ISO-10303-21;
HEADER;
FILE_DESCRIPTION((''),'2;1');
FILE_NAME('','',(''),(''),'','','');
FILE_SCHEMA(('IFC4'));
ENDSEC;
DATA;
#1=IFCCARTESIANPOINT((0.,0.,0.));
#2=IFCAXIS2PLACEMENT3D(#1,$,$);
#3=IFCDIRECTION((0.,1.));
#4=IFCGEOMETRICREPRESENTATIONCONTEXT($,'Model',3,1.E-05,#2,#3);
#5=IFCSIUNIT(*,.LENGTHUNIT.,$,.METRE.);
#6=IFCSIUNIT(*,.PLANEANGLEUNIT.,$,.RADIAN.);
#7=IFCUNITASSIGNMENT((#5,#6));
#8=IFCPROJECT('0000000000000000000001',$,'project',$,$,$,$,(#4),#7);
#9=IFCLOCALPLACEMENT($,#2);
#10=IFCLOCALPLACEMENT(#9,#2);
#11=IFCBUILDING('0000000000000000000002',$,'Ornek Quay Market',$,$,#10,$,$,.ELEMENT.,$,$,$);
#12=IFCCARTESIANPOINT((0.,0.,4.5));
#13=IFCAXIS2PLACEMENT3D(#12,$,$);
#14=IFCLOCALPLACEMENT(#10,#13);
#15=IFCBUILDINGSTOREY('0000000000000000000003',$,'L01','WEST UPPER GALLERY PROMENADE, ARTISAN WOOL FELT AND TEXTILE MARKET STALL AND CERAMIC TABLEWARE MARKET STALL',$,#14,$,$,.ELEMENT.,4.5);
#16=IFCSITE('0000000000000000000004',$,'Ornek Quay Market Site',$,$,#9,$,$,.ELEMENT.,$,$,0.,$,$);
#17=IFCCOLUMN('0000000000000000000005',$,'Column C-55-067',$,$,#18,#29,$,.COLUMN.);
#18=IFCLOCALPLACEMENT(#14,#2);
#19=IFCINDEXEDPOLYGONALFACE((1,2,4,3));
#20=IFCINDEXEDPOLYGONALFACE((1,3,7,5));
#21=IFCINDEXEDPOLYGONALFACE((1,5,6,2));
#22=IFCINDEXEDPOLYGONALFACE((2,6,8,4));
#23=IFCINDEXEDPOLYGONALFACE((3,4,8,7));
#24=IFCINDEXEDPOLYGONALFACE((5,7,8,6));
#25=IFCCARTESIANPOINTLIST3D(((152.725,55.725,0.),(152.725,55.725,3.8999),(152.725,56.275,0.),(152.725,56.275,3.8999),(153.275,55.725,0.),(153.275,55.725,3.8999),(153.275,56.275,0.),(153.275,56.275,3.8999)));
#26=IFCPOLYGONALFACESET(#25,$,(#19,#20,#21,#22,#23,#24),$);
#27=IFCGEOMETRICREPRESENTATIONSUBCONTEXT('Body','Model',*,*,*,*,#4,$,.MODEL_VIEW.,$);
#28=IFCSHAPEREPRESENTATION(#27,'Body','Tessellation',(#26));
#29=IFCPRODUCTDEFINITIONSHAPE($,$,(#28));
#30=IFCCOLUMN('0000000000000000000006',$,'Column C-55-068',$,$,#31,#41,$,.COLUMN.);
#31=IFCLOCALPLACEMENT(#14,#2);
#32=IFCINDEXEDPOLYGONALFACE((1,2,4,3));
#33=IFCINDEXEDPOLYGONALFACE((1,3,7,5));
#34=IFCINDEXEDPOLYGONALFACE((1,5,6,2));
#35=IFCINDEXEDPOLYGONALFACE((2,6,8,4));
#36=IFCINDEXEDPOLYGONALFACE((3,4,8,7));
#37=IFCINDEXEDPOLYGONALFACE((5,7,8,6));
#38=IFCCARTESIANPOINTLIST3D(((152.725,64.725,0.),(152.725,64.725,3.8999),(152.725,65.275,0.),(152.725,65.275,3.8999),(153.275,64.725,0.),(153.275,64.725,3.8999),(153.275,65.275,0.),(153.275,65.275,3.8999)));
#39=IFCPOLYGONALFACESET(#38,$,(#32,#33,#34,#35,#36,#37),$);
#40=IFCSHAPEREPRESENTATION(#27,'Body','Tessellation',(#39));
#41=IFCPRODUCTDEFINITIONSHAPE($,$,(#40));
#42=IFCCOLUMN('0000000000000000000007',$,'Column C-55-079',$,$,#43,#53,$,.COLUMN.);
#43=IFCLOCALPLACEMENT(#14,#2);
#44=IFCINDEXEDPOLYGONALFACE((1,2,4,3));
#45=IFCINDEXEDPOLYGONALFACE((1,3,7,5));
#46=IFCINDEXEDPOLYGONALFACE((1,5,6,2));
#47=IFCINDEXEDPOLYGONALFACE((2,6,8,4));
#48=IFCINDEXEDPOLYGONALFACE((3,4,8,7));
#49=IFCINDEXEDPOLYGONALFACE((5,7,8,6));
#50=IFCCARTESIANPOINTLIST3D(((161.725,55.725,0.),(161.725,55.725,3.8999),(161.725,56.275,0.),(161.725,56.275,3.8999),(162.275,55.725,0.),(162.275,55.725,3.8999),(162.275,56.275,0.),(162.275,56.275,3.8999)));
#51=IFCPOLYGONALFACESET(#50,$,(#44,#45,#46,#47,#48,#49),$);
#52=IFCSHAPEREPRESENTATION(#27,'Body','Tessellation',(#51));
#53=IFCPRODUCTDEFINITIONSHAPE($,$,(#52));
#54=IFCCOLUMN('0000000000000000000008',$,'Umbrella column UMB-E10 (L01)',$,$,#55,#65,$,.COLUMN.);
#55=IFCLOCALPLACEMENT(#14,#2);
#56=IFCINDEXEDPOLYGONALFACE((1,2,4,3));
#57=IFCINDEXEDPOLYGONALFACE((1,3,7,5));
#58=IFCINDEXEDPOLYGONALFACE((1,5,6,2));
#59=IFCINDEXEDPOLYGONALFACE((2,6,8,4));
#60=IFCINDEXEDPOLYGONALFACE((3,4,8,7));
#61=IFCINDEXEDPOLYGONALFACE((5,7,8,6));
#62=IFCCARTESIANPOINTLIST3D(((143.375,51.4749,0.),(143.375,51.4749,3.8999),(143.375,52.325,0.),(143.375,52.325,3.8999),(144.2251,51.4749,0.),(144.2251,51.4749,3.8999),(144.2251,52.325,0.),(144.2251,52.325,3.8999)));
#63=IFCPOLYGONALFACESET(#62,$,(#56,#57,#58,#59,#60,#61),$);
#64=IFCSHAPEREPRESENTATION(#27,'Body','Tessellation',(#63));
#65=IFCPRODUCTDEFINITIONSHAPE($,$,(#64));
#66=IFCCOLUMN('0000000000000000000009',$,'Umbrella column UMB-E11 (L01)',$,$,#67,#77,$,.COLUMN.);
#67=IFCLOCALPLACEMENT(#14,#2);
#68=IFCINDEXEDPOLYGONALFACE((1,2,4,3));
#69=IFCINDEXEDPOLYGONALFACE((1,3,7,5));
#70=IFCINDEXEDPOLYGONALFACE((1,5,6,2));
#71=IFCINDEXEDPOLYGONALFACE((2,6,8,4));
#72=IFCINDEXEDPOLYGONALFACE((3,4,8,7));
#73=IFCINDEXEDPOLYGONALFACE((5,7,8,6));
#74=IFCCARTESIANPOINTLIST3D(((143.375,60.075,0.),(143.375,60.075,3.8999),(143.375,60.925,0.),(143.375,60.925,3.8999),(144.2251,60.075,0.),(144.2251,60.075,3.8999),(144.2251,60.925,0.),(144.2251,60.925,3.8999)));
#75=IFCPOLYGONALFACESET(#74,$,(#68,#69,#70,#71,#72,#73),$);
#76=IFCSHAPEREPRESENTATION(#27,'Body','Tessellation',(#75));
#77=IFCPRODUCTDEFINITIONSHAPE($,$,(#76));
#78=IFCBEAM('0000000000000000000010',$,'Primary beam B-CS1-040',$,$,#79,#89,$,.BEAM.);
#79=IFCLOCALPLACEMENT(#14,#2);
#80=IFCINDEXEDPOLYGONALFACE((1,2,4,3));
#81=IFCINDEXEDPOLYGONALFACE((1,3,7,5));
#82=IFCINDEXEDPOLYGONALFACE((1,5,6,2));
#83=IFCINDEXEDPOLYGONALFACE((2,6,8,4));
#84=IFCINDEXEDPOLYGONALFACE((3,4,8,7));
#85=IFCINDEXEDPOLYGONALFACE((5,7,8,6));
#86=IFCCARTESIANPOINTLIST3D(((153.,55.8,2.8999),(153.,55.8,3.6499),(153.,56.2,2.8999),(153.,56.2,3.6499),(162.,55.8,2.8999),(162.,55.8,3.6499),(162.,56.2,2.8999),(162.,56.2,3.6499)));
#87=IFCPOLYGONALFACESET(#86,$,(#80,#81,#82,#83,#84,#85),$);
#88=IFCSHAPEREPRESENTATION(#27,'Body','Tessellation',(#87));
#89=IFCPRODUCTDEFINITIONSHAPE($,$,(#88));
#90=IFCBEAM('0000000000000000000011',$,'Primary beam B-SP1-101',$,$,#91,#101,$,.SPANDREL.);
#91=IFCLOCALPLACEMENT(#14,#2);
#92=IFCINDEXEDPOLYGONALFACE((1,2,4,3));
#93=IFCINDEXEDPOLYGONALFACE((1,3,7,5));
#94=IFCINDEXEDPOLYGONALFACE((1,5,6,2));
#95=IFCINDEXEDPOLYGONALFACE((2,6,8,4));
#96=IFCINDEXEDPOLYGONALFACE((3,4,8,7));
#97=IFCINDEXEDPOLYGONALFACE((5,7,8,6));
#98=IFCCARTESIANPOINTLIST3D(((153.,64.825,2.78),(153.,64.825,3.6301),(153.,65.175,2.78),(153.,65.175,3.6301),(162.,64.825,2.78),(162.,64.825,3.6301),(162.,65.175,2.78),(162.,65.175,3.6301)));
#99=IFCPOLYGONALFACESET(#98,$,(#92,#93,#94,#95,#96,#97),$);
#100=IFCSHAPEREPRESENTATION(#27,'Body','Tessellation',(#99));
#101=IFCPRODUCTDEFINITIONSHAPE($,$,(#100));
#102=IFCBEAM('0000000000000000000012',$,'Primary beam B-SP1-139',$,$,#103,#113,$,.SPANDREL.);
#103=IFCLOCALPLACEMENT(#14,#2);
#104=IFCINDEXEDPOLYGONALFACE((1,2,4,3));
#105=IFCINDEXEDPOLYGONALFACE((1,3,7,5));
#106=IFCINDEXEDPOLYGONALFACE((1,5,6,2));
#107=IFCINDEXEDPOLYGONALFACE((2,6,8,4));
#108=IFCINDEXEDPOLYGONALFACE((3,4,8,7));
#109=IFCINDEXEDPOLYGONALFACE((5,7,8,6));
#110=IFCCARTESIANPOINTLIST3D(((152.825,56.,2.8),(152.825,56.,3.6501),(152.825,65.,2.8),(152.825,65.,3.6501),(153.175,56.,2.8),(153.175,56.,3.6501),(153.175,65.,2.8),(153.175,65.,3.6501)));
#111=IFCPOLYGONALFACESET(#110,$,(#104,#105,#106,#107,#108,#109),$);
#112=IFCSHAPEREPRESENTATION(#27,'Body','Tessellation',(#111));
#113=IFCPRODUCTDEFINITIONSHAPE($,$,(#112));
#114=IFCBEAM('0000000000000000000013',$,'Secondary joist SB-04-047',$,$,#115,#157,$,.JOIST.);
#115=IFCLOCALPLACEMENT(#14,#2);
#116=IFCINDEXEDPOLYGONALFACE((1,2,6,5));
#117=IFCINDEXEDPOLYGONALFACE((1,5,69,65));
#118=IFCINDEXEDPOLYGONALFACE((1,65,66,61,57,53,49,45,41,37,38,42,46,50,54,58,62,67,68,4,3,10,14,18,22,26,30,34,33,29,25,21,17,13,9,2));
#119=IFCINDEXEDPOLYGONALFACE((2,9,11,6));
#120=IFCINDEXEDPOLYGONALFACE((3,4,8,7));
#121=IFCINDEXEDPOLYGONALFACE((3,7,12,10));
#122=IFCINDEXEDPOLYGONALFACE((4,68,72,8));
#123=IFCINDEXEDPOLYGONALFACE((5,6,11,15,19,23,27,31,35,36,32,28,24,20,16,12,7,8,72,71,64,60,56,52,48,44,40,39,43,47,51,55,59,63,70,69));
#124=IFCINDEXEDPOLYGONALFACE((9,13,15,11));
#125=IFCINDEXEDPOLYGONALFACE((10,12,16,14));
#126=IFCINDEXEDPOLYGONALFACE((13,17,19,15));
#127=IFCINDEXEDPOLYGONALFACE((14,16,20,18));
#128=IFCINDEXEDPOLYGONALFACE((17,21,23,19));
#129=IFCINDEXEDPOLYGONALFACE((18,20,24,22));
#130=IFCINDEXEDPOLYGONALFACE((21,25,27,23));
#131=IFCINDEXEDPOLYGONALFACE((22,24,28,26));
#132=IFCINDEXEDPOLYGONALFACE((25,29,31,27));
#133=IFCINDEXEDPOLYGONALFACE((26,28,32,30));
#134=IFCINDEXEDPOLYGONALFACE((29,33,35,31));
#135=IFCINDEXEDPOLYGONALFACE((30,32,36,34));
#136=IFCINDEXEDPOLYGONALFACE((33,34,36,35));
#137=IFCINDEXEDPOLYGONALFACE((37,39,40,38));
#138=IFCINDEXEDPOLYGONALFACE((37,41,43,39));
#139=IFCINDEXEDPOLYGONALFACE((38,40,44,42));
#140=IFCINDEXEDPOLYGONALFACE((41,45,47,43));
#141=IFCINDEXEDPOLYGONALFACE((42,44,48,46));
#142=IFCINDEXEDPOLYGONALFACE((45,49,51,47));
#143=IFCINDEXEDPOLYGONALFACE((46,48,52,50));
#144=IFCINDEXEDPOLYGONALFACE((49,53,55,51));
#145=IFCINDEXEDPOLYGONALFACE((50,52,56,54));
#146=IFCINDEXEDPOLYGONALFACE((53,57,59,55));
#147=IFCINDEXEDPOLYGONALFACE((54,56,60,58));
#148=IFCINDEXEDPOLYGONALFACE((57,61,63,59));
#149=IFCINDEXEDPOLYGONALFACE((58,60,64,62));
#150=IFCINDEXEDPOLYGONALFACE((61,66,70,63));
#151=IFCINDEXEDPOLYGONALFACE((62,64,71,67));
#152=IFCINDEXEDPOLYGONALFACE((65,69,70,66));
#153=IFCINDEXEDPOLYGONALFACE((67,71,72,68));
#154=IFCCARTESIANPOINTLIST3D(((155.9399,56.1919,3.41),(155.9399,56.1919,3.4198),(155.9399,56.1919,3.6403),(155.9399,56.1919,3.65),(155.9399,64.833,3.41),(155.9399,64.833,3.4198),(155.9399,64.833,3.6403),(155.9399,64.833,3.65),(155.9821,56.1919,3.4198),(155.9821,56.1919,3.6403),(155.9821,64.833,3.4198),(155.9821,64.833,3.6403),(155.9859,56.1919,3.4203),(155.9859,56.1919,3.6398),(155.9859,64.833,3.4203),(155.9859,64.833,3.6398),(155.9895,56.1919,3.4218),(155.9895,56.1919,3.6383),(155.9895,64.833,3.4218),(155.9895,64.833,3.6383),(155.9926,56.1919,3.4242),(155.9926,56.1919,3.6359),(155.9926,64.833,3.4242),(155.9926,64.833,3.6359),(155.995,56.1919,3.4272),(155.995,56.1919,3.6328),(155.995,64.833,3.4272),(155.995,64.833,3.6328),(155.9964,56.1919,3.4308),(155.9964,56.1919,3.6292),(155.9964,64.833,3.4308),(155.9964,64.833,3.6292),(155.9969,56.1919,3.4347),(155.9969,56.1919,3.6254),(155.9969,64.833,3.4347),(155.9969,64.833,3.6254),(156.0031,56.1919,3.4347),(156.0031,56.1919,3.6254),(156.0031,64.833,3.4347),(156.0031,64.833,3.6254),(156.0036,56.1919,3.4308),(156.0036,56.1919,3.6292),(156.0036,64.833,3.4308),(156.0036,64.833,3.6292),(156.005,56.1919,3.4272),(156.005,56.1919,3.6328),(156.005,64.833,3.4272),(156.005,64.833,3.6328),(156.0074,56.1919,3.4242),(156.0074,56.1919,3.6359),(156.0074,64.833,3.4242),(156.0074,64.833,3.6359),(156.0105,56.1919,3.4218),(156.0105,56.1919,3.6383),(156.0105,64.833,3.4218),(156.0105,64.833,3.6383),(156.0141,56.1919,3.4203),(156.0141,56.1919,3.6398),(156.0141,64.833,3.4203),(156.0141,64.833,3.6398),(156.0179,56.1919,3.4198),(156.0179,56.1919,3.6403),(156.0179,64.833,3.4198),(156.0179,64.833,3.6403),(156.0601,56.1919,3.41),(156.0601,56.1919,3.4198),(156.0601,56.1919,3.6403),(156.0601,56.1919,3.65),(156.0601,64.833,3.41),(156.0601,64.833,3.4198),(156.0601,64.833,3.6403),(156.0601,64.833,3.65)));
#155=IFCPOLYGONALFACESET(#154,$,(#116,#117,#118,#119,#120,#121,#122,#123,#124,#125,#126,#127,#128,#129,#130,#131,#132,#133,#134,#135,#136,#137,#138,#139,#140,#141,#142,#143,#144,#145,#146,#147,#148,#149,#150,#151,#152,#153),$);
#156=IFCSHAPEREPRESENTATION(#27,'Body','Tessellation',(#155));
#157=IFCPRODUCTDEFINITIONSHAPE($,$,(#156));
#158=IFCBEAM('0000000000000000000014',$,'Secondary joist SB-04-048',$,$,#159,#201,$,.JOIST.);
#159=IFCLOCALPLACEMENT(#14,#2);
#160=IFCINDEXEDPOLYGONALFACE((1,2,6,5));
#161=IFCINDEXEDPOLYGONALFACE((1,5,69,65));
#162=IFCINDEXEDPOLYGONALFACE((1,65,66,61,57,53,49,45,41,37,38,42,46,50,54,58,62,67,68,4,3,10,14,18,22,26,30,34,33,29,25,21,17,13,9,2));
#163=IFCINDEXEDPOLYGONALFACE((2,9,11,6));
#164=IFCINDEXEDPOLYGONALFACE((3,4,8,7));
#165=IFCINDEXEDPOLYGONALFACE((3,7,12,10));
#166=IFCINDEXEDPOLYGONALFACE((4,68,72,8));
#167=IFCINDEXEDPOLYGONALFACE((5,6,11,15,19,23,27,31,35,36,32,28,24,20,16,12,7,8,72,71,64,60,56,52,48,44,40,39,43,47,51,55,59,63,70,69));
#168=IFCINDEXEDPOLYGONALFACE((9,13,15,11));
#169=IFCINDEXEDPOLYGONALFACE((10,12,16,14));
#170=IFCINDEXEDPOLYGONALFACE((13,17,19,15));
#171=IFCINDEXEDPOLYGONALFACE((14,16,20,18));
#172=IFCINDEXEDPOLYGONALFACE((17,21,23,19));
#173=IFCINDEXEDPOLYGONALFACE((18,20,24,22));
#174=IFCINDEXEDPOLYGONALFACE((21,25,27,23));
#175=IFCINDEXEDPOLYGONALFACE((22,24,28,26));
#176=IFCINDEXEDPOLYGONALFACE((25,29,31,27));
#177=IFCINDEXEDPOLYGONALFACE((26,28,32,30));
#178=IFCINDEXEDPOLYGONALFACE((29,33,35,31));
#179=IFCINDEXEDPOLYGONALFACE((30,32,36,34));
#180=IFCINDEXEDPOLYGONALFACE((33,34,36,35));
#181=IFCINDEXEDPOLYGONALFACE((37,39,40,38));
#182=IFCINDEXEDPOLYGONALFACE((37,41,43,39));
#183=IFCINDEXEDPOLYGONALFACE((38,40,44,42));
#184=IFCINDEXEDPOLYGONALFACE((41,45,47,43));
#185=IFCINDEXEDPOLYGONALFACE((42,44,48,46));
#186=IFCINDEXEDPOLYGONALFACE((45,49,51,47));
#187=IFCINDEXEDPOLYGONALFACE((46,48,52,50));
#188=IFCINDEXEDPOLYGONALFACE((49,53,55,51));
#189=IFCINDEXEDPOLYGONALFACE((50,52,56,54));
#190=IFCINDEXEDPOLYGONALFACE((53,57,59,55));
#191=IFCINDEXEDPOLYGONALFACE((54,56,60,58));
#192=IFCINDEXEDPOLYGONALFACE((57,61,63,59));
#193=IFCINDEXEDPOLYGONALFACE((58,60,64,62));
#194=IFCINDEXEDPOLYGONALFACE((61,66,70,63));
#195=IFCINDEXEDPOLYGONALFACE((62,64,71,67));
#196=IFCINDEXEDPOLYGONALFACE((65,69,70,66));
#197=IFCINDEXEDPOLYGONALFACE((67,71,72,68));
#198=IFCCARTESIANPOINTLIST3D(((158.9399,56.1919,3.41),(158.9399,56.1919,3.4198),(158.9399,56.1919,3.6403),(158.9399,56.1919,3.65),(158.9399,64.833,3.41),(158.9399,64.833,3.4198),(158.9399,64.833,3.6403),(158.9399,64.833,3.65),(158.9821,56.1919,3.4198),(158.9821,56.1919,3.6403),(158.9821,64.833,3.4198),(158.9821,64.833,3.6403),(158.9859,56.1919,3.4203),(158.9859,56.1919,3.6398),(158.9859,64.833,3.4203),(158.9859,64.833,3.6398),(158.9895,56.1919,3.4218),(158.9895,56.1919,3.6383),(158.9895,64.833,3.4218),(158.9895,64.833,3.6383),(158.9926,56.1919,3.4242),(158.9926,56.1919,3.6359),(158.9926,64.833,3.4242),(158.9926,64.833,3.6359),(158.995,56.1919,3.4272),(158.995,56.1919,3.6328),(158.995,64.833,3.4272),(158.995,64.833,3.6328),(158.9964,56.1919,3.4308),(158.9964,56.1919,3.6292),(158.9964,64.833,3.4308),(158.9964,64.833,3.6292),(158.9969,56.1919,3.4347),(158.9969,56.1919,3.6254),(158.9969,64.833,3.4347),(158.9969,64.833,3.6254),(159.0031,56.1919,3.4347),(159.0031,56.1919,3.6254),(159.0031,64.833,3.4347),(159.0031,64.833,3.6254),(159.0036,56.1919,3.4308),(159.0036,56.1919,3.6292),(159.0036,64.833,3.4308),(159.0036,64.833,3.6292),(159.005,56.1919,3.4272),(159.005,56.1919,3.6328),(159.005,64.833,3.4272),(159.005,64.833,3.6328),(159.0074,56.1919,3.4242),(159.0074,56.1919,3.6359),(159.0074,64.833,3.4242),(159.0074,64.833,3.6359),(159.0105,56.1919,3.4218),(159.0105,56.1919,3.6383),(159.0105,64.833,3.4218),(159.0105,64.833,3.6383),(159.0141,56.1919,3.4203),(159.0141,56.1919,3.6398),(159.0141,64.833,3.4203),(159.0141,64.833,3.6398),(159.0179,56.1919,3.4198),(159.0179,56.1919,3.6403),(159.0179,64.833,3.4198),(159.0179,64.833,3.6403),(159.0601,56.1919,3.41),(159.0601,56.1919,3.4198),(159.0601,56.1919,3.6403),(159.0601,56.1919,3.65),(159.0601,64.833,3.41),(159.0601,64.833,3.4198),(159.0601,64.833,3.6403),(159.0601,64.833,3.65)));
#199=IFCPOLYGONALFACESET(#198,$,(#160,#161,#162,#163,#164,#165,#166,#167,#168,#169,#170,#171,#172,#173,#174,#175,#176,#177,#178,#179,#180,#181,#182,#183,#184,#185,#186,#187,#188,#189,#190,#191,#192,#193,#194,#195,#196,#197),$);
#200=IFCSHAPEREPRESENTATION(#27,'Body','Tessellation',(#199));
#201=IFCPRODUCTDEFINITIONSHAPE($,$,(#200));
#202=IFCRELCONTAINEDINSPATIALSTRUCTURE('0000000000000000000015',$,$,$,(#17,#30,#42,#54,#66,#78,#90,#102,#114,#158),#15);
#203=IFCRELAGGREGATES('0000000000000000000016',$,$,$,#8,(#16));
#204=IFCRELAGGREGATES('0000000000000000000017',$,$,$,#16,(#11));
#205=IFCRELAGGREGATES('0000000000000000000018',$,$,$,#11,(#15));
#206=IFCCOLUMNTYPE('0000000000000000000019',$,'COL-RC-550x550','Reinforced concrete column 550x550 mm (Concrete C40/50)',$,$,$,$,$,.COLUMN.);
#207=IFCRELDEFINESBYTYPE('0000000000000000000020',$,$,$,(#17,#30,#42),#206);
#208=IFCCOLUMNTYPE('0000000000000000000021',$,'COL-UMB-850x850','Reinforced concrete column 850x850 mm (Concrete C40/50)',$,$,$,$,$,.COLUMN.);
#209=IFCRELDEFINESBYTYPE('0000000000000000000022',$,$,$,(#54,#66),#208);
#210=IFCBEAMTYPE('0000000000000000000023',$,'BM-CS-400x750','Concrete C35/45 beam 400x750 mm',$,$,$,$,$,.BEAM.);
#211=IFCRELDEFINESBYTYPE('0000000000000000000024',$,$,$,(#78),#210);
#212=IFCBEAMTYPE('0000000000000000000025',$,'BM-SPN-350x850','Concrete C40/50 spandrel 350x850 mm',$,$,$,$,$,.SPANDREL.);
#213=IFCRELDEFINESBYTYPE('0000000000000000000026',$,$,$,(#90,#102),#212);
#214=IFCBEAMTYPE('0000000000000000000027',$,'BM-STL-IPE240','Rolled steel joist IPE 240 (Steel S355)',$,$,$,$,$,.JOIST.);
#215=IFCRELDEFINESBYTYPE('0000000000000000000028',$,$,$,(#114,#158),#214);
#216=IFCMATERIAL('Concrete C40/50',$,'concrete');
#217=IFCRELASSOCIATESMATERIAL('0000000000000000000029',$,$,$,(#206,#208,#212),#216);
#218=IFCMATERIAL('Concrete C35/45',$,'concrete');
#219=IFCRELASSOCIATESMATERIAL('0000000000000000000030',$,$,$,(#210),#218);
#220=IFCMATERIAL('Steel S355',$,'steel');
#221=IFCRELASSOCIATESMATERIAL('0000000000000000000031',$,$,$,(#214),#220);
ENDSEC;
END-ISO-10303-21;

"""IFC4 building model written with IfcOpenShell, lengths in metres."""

from ifc_helpers import new_model, si_unit, direction, frame, origin, origin_2d, place, context, subcontext, project, spatial, rectangle, i_section, extrude, material, material_profile, profile_set, type_object, element, save


model = new_model("IFC4")

# Units and contexts
model_context = context("Model", 3, precision=1e-05, world=origin(), true_north=direction((0.0, 1.0)))
body_context = subcontext(model_context, "Body", "Model", "MODEL_VIEW")
ifc_project = project(units=[si_unit("LENGTHUNIT", "METRE"), si_unit("PLANEANGLEUNIT", "RADIAN")], contexts=[model_context])

# Site, building, storey
site_placement = place(None, origin())
site = spatial("IfcSite", under=ifc_project, at=site_placement, Name="Ornek Quay Market Site", CompositionType="ELEMENT", RefElevation=0.0)
building_placement = place(site_placement, origin())
building = spatial("IfcBuilding", under=site, at=building_placement, Name="Ornek Quay Market", CompositionType="ELEMENT")
storey_placement = place(building_placement, frame((0.0, 0.0, 4.5)))
storey = spatial("IfcBuildingStorey", under=building, at=storey_placement, Name="L01", Description="WEST UPPER GALLERY PROMENADE, ARTISAN WOOL FELT AND TEXTILE MARKET STALL AND CERAMIC TABLEWARE MARKET STALL", CompositionType="ELEMENT", Elevation=4.5)

# Columns
ifc_material_1 = material(Name="Concrete C40/50", Category="concrete")
ifc_material_profile_1 = material_profile(ifc_material_1, rectangle(XDim=0.55, YDim=0.55, at=origin_2d()), Name="RC 550x550", Category="concrete")
ifc_profile_set_1 = profile_set([ifc_material_profile_1], Name="Concrete C40/50")
column_type_1 = type_object("IfcColumnType", Name="COL-RC-550x550", Description="Reinforced concrete column 550x550 mm (Concrete C40/50)", PredefinedType="COLUMN", material=ifc_profile_set_1)
for number, where, z_axis, x_axis, name in (
    (1, (153.0, 56.0, 0.0), (0.0, 0.0, 1.0), (1.0, 0.0, 0.0), "Column C-55-067"),
    (2, (153.0, 65.0, 0.0), (0.0, 0.0, 1.0), (1.0, 0.0, 0.0), "Column C-55-068"),
    (3, (162.0, 56.0, 0.0), (0.0, 0.0, 1.0), (1.0, 0.0, 0.0), "Column C-55-079"),
):
    element("IfcColumn", number, at=place(storey_placement, frame(where, z_axis=z_axis, x_axis=x_axis)), inside=storey, type_object=column_type_1, Name=name, PredefinedType="COLUMN", context=body_context, shape_type="SweptSolid", body=[
        extrude(rectangle(XDim=0.55, YDim=0.55, at=origin_2d()), origin(), (0.0, 0.0, 1.0), 3.8999),
    ])
ifc_material_profile_2 = material_profile(ifc_material_1, rectangle(XDim=0.8501, YDim=0.8501, at=origin_2d()), Name="RC 850x850", Category="concrete")
ifc_profile_set_2 = profile_set([ifc_material_profile_2], Name="Concrete C40/50")
column_type_2 = type_object("IfcColumnType", Name="COL-UMB-850x850", Description="Reinforced concrete column 850x850 mm (Concrete C40/50)", PredefinedType="COLUMN", material=ifc_profile_set_2)
for number, where, z_axis, x_axis, name in (
    (4, (143.8, 51.8999, 0.0), (0.0, 0.0, 1.0), (1.0, 0.0, 0.0), "Umbrella column UMB-E10 (L01)"),
    (5, (143.8, 60.5, 0.0), (0.0, 0.0, 1.0), (1.0, 0.0, 0.0), "Umbrella column UMB-E11 (L01)"),
):
    element("IfcColumn", number, at=place(storey_placement, frame(where, z_axis=z_axis, x_axis=x_axis)), inside=storey, type_object=column_type_2, Name=name, PredefinedType="COLUMN", context=body_context, shape_type="SweptSolid", body=[
        extrude(rectangle(XDim=0.8501, YDim=0.8501, at=origin_2d()), origin(), (0.0, 0.0, 1.0), 3.8999),
    ])

# Beams
ifc_material_2 = material(Name="Concrete C35/45", Category="concrete")
ifc_material_profile_3 = material_profile(ifc_material_2, rectangle(XDim=0.3999, YDim=0.75, at=origin_2d()), Name="RC 400x750", Category="concrete")
ifc_profile_set_3 = profile_set([ifc_material_profile_3], Name="Concrete C35/45")
beam_type_1 = type_object("IfcBeamType", Name="BM-CS-400x750", Description="Concrete C35/45 beam 400x750 mm", PredefinedType="BEAM", material=ifc_profile_set_3)
beam_placement = place(storey_placement, frame((153.0, 56.0, 3.2749), z_axis=(1.0, 0.0, 0.0), x_axis=(0.0, 1.0, 0.0)))
element("IfcBeam", 6, at=beam_placement, inside=storey, type_object=beam_type_1, Name="Primary beam B-CS1-040", PredefinedType="BEAM", context=body_context, shape_type="SweptSolid", body=[
    extrude(rectangle(XDim=0.3999, YDim=0.75, at=origin_2d()), origin(), (0.0, 0.0, 1.0), 9.0),
])
ifc_material_profile_4 = material_profile(ifc_material_1, rectangle(XDim=0.3501, YDim=0.8501, at=origin_2d()), Name="RC 350x850", Category="concrete")
ifc_profile_set_4 = profile_set([ifc_material_profile_4], Name="Concrete C40/50")
beam_type_2 = type_object("IfcBeamType", Name="BM-SPN-350x850", Description="Concrete C40/50 spandrel 350x850 mm", PredefinedType="SPANDREL", material=ifc_profile_set_4)
for number, where, z_axis, x_axis, name in (
    (7, (153.0, 65.0, 3.2051), (1.0, 0.0, 0.0), (0.0, 1.0, 0.0), "Primary beam B-SP1-101"),
    (8, (153.0, 56.0, 3.2251), (0.0, 1.0, 0.0), (-1.0, 0.0, 0.0), "Primary beam B-SP1-139"),
):
    element("IfcBeam", number, at=place(storey_placement, frame(where, z_axis=z_axis, x_axis=x_axis)), inside=storey, type_object=beam_type_2, Name=name, PredefinedType="SPANDREL", context=body_context, shape_type="SweptSolid", body=[
        extrude(rectangle(XDim=0.3501, YDim=0.8501, at=origin_2d()), origin(), (0.0, 0.0, 1.0), 9.0),
    ])
ifc_material_3 = material(Name="Steel S355", Category="steel")
ifc_material_profile_5 = material_profile(ifc_material_3, i_section(OverallWidth=0.1201, OverallDepth=0.24, WebThickness=0.0061, FlangeThickness=0.0098, FilletRadius=0.0149, at=origin_2d()), Name="IPE 240", Category="steel")
ifc_profile_set_5 = profile_set([ifc_material_profile_5], Name="Steel S355")
beam_type_3 = type_object("IfcBeamType", Name="BM-STL-IPE240", Description="Rolled steel joist IPE 240 (Steel S355)", PredefinedType="JOIST", material=ifc_profile_set_5)
for number, where, z_axis, x_axis, name in (
    (9, (156.0, 56.1919, 3.53), (0.0, 1.0, 0.0), (-1.0, 0.0, 0.0), "Secondary joist SB-04-047"),
    (10, (159.0, 56.1919, 3.53), (0.0, 1.0, 0.0), (-1.0, 0.0, 0.0), "Secondary joist SB-04-048"),
):
    element("IfcBeam", number, at=place(storey_placement, frame(where, z_axis=z_axis, x_axis=x_axis)), inside=storey, type_object=beam_type_3, Name=name, PredefinedType="JOIST", context=body_context, shape_type="SweptSolid", body=[
        extrude(i_section(OverallWidth=0.1201, OverallDepth=0.24, WebThickness=0.0061, FlangeThickness=0.0098, FilletRadius=0.0149, at=origin_2d()), origin(), (0.0, 0.0, 1.0), 8.6411),
    ])

save(model, "model.ifc")
